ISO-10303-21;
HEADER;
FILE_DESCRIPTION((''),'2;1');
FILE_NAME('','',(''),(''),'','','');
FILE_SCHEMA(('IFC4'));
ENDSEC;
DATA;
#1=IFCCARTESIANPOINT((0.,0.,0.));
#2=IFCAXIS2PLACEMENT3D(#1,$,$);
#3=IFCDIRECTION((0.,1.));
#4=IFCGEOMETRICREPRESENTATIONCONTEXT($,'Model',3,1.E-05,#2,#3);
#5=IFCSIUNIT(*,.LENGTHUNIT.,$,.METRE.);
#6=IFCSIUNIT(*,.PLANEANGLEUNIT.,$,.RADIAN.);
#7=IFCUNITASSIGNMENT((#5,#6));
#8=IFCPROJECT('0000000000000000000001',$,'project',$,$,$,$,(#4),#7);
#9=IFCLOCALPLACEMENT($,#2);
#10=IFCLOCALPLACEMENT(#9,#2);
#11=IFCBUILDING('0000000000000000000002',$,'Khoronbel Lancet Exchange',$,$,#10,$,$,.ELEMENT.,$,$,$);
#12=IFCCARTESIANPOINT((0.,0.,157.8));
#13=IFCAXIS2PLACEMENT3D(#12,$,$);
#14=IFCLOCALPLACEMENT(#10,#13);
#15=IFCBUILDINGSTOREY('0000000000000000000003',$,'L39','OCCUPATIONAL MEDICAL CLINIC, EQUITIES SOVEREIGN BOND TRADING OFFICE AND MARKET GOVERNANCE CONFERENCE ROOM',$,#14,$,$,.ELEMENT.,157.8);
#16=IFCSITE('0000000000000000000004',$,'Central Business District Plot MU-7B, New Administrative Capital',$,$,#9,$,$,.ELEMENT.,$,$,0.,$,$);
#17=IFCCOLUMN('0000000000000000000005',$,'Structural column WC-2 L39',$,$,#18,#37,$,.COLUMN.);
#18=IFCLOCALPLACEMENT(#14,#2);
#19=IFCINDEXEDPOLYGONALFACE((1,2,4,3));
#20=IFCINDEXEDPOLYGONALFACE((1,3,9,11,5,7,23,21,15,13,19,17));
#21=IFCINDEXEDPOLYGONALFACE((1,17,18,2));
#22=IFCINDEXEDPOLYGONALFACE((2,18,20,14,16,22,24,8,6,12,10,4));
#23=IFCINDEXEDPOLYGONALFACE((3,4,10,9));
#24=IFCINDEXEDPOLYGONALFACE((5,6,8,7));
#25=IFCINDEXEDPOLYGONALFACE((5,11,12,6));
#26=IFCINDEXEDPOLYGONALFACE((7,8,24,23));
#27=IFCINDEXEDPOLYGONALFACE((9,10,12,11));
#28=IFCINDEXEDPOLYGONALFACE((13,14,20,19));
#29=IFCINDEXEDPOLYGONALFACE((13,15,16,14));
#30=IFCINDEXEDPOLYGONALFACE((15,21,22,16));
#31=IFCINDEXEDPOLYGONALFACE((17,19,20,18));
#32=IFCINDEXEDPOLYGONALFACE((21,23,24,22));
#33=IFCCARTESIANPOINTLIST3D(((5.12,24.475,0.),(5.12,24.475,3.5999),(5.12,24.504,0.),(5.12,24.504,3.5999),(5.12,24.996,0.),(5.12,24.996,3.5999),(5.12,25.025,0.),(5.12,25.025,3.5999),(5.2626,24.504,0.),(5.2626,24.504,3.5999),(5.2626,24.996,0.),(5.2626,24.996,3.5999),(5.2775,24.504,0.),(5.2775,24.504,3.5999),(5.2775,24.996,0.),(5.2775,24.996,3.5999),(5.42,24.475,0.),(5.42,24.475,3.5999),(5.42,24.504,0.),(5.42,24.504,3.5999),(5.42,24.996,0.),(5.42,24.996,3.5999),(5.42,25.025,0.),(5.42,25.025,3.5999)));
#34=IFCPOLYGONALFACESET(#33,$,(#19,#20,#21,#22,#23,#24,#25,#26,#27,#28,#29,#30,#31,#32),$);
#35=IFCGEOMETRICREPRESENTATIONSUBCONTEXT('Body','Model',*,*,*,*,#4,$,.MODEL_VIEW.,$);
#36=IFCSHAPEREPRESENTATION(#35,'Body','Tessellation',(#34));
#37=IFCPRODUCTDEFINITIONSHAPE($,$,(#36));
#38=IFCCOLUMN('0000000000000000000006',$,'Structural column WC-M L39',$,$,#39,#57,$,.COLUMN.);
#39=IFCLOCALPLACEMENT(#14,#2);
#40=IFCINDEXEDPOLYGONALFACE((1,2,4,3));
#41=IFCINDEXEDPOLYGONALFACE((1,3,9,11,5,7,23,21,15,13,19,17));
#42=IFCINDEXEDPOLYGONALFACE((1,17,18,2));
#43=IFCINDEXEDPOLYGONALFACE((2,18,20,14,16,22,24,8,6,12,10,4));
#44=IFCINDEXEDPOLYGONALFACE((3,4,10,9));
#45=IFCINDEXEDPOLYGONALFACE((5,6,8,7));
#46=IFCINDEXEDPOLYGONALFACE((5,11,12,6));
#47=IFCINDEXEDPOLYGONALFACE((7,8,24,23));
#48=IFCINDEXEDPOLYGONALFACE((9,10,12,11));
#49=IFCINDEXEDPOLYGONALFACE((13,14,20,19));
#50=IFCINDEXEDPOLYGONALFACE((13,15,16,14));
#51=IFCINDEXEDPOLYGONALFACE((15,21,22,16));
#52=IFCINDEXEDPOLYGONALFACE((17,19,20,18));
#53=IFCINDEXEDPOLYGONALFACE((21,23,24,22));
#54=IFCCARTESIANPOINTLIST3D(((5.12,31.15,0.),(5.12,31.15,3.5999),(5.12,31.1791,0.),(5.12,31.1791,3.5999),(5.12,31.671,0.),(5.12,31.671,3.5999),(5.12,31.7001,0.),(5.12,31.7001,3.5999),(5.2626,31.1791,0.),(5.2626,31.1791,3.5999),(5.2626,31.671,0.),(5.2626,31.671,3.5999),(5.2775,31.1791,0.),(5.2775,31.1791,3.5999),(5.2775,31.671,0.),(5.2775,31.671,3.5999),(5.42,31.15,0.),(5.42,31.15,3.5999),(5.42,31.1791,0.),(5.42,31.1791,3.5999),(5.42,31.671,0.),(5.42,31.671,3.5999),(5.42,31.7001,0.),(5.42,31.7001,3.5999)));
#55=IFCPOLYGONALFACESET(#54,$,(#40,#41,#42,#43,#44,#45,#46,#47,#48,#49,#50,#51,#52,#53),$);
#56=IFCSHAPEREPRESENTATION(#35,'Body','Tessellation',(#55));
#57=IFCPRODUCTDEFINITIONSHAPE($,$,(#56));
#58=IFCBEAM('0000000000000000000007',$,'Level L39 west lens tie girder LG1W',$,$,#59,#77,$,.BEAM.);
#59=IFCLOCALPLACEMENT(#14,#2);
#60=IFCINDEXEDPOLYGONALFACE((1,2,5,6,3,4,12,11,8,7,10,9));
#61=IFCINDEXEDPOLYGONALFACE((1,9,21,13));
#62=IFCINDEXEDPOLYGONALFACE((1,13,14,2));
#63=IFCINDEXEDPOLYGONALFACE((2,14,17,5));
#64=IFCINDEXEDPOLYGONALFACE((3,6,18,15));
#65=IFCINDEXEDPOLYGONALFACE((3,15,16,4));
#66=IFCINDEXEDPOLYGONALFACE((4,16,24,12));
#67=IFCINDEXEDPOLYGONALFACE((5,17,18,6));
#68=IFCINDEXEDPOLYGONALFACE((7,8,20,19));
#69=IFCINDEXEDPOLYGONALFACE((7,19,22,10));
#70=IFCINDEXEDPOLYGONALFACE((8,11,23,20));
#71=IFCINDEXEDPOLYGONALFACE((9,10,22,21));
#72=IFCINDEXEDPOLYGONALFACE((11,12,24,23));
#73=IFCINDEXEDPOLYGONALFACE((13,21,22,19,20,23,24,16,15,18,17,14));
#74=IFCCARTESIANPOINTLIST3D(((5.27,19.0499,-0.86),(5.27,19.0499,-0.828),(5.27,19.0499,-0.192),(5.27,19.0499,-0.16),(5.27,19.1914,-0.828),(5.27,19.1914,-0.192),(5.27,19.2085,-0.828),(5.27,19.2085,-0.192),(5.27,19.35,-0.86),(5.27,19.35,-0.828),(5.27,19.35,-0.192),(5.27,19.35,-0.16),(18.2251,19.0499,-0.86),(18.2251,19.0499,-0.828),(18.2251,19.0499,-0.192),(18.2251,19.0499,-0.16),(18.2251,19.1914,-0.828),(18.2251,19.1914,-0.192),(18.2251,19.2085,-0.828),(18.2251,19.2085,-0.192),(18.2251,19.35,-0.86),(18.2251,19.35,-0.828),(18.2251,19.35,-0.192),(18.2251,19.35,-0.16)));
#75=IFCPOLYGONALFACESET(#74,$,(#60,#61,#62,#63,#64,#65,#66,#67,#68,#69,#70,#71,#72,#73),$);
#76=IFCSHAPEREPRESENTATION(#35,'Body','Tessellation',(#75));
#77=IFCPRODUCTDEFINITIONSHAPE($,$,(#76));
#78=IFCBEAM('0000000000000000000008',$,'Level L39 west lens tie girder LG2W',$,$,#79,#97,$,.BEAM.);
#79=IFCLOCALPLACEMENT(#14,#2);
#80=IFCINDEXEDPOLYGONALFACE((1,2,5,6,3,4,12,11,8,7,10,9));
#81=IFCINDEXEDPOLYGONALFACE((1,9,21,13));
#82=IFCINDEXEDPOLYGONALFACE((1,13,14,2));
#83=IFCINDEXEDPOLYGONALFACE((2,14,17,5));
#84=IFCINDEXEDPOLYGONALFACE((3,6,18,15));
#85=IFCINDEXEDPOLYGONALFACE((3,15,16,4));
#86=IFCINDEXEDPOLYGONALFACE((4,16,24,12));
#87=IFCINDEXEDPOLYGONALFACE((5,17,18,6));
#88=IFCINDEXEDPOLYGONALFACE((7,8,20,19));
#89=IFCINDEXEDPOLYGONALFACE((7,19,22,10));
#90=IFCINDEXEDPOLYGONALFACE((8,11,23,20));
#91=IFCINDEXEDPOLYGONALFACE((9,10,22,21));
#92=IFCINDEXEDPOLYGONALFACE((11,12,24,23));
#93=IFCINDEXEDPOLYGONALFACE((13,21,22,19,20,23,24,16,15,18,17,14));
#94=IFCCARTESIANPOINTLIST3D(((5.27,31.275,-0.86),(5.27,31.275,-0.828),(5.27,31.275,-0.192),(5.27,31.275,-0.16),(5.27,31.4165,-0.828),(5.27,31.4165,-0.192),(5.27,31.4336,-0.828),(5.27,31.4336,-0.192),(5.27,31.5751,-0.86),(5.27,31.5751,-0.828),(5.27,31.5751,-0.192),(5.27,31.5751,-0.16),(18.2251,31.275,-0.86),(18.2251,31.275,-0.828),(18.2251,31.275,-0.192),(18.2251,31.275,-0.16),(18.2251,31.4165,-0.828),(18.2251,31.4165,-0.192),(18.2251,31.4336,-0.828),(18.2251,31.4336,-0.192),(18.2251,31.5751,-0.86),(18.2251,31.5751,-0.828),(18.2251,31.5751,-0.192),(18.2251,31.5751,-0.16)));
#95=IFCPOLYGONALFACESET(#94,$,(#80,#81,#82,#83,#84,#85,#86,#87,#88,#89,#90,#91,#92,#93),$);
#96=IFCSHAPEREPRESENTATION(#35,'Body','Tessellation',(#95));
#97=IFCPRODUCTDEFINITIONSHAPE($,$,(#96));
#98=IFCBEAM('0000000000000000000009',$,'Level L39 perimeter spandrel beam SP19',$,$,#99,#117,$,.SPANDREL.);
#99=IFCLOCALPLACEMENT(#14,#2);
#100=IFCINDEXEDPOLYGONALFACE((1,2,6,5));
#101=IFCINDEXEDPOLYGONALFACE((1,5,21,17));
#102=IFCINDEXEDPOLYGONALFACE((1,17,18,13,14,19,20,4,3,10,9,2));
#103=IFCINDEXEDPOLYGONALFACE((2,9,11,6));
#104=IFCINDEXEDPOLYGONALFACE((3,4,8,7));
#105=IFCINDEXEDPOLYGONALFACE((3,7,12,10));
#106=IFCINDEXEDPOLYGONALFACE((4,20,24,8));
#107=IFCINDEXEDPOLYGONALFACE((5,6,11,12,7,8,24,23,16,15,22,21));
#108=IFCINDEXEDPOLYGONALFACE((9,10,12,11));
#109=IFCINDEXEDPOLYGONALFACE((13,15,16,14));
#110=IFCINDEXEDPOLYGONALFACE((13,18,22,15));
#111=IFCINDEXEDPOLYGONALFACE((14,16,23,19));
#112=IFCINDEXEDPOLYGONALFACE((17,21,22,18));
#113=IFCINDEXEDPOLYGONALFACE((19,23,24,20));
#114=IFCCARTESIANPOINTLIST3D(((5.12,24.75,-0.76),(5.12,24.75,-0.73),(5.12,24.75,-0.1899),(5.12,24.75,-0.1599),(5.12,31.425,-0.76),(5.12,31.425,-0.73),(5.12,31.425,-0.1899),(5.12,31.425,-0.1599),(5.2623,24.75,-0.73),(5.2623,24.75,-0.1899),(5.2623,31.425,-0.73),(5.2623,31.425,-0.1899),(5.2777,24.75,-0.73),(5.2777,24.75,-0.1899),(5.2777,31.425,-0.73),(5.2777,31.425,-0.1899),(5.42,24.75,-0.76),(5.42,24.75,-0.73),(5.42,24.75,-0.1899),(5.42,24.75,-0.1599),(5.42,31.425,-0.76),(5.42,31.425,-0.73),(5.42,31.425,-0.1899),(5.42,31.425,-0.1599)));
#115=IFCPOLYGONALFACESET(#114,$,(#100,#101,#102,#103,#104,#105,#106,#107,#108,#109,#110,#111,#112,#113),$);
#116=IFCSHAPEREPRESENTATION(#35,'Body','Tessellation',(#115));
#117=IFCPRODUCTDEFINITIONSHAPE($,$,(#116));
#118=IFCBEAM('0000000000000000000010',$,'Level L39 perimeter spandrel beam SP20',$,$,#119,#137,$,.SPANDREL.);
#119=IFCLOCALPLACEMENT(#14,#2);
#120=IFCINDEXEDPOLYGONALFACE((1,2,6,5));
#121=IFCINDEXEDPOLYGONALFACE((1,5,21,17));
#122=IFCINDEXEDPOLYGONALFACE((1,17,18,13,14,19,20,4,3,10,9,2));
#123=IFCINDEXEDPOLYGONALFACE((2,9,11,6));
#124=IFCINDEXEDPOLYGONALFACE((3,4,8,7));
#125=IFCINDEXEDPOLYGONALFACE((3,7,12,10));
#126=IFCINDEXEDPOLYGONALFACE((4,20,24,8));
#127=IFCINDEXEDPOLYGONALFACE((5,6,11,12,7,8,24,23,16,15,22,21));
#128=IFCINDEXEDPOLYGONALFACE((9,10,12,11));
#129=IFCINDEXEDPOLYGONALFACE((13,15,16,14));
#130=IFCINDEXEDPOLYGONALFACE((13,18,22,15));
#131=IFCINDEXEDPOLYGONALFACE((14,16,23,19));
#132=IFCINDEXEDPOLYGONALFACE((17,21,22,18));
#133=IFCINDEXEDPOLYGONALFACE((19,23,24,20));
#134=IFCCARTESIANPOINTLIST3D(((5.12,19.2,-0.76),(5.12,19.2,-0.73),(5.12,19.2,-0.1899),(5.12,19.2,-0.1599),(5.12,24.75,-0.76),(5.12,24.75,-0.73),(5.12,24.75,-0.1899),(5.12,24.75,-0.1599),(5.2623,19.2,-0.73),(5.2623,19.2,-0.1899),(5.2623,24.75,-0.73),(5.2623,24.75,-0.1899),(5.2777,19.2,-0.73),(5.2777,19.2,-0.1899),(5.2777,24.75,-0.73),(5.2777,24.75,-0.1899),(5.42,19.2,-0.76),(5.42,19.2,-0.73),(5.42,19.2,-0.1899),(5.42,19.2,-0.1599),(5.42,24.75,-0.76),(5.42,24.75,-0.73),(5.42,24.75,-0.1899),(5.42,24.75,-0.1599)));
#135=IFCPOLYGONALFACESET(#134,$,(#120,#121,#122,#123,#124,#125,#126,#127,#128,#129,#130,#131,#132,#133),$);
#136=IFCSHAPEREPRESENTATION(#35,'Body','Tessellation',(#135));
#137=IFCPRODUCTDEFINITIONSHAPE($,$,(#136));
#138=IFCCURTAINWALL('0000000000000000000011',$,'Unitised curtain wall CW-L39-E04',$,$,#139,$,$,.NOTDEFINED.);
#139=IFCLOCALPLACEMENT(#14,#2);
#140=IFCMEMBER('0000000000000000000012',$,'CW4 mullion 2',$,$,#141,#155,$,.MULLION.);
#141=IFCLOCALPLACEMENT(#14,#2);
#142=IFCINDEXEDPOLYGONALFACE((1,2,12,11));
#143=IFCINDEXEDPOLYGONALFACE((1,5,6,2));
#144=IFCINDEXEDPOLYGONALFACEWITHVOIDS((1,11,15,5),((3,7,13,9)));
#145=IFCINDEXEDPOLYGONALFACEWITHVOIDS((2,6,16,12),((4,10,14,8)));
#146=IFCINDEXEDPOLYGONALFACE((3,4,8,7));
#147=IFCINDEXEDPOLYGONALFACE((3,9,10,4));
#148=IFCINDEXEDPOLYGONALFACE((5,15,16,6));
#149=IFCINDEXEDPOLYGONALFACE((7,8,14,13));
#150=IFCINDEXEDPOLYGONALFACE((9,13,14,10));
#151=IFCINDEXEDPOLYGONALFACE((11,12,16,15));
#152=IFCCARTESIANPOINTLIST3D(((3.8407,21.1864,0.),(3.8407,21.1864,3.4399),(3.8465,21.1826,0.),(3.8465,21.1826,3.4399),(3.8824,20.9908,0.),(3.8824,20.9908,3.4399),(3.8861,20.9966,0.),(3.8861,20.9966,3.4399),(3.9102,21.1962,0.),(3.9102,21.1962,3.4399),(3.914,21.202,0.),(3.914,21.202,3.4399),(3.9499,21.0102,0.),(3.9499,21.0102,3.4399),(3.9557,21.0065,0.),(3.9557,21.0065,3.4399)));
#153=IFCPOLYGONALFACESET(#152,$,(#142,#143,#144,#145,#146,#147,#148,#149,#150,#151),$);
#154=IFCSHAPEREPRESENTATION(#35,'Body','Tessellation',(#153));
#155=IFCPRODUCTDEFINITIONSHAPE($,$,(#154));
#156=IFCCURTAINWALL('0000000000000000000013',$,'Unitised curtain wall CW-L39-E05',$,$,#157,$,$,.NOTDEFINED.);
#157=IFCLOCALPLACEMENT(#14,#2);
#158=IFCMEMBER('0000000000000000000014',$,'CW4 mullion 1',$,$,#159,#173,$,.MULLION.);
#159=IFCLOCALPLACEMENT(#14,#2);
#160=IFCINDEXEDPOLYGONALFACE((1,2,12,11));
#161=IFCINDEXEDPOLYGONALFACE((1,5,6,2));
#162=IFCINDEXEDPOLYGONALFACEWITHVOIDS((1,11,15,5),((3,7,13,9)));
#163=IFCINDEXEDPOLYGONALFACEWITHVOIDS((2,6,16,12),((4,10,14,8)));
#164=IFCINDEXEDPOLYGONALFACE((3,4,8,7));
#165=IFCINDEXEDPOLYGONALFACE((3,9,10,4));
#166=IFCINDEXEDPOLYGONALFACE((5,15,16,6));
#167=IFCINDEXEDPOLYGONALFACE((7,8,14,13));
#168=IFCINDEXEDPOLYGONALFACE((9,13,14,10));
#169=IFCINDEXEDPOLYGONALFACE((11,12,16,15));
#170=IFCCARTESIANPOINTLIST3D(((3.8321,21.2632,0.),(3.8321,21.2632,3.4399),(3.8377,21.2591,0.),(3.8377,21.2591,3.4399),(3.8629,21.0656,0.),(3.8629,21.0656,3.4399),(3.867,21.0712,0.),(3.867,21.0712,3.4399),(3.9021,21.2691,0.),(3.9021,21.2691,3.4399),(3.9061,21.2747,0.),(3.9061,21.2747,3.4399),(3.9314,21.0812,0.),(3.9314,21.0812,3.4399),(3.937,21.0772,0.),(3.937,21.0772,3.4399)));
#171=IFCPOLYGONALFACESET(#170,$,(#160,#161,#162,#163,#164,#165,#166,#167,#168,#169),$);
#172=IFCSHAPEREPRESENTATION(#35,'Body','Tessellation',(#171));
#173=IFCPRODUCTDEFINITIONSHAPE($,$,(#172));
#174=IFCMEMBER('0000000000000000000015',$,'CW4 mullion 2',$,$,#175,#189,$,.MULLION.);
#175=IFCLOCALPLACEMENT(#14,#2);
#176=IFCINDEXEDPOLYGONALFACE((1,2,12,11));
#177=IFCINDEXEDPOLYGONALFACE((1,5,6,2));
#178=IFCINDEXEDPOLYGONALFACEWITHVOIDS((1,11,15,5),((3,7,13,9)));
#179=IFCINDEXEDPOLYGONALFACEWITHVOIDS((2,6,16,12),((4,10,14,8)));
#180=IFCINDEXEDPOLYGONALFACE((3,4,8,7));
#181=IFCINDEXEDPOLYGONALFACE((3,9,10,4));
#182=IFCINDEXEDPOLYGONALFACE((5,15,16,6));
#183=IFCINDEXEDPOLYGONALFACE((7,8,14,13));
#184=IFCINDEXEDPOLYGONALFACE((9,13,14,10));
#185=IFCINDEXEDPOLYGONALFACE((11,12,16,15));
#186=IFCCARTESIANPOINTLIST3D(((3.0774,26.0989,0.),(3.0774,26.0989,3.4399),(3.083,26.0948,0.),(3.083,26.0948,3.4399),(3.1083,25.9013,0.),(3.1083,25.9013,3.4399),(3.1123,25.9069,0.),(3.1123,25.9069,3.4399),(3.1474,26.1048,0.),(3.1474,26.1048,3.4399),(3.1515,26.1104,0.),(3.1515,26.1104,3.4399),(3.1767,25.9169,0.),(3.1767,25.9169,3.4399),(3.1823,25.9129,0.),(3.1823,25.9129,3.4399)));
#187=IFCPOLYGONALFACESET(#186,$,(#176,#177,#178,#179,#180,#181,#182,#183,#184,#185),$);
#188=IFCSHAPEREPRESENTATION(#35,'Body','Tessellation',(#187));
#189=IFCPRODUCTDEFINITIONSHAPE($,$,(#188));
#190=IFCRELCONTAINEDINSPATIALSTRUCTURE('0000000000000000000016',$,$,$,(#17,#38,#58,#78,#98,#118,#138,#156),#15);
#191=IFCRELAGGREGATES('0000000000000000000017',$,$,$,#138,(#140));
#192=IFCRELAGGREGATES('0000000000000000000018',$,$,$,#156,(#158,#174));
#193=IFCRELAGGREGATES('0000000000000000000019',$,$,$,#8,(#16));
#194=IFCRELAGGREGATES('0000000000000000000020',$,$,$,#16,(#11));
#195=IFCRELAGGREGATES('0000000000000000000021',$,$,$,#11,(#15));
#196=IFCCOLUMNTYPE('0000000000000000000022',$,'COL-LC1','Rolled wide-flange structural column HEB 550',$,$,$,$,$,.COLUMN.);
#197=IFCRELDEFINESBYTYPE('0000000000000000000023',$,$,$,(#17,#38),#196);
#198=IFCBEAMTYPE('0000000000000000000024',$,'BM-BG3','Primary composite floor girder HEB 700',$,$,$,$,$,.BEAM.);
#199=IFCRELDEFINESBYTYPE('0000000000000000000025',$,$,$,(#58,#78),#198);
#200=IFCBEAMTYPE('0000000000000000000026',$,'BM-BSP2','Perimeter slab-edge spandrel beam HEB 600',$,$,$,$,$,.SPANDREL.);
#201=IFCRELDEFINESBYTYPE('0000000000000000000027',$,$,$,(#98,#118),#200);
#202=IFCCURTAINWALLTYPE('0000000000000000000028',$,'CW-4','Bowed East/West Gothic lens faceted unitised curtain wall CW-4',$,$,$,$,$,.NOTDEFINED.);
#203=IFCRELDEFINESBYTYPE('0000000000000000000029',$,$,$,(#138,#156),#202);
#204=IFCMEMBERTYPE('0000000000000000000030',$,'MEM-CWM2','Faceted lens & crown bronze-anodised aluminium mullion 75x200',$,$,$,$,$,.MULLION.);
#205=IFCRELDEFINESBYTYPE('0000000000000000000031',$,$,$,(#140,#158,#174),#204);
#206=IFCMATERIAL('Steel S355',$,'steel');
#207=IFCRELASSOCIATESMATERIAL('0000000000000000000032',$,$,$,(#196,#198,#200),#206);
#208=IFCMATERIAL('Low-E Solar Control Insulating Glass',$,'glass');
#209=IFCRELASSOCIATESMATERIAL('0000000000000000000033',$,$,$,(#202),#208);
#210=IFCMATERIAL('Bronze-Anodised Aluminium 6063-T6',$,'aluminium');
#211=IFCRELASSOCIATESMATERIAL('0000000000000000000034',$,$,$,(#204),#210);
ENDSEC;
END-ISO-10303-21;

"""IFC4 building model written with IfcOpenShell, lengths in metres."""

from ifc_helpers import new_model, si_unit, direction, frame, origin, origin_2d, place, context, subcontext, project, spatial, hollow_rectangle, i_section, extrude, material, material_profile, profile_set, type_object, element, aggregate, save


model = new_model("IFC4")

# Units and contexts
model_context = context("Model", 3, precision=1e-05, world=origin(), true_north=direction((0.0, 1.0)))
body_context = subcontext(model_context, "Body", "Model", "MODEL_VIEW")
ifc_project = project(units=[si_unit("LENGTHUNIT", "METRE"), si_unit("PLANEANGLEUNIT", "RADIAN")], contexts=[model_context])

# Site, building, storey
site_placement = place(None, origin())
site = spatial("IfcSite", under=ifc_project, at=site_placement, Name="Central Business District Plot MU-7B, New Administrative Capital", CompositionType="ELEMENT", RefElevation=0.0)
building_placement = place(site_placement, origin())
building = spatial("IfcBuilding", under=site, at=building_placement, Name="Khoronbel Lancet Exchange", CompositionType="ELEMENT")
storey_placement = place(building_placement, frame((0.0, 0.0, 157.8)))
storey = spatial("IfcBuildingStorey", under=building, at=storey_placement, Name="L39", Description="OCCUPATIONAL MEDICAL CLINIC, EQUITIES SOVEREIGN BOND TRADING OFFICE AND MARKET GOVERNANCE CONFERENCE ROOM", CompositionType="ELEMENT", Elevation=157.8)

# Columns
ifc_material_1 = material(Name="Steel S355", Category="steel")
ifc_material_profile_1 = material_profile(ifc_material_1, i_section(OverallWidth=0.3, OverallDepth=0.55, WebThickness=0.0149, FlangeThickness=0.0291, at=origin_2d()), Name="HEB 550")
ifc_profile_set_1 = profile_set([ifc_material_profile_1], Name="Steel S355")
column_type = type_object("IfcColumnType", Name="COL-LC1", Description="Rolled wide-flange structural column HEB 550", PredefinedType="COLUMN", material=ifc_profile_set_1)
for number, where, z_axis, x_axis, name in (
    (1, (5.27, 24.75, 0.0), (0.0, 0.0, 1.0), (1.0, 0.0, 0.0), "Structural column WC-2 L39"),
    (2, (5.27, 31.425, 0.0), (0.0, 0.0, 1.0), (1.0, 0.0, 0.0), "Structural column WC-M L39"),
):
    element("IfcColumn", number, at=place(storey_placement, frame(where, z_axis=z_axis, x_axis=x_axis)), inside=storey, type_object=column_type, Name=name, PredefinedType="COLUMN", context=body_context, shape_type="SweptSolid", body=[
        extrude(i_section(OverallWidth=0.3, OverallDepth=0.55, WebThickness=0.0149, FlangeThickness=0.0291, at=origin_2d()), origin(), (0.0, 0.0, 1.0), 3.5999),
    ])

# Beams
ifc_material_profile_2 = material_profile(ifc_material_1, i_section(OverallWidth=0.3, OverallDepth=0.7, WebThickness=0.0171, FlangeThickness=0.032, at=origin_2d()), Name="HEB 700")
ifc_profile_set_2 = profile_set([ifc_material_profile_2], Name="Steel S355")
beam_type_1 = type_object("IfcBeamType", Name="BM-BG3", Description="Primary composite floor girder HEB 700", PredefinedType="BEAM", material=ifc_profile_set_2)
for number, where, z_axis, x_axis, name in (
    (3, (5.27, 19.2, -0.51), (1.0, 0.0, 0.0), (0.0, 1.0, 0.0), "Level L39 west lens tie girder LG1W"),
    (4, (5.27, 31.425, -0.51), (1.0, 0.0, 0.0), (0.0, 1.0, 0.0), "Level L39 west lens tie girder LG2W"),
):
    element("IfcBeam", number, at=place(storey_placement, frame(where, z_axis=z_axis, x_axis=x_axis)), inside=storey, type_object=beam_type_1, Name=name, PredefinedType="BEAM", context=body_context, shape_type="SweptSolid", body=[
        extrude(i_section(OverallWidth=0.3, OverallDepth=0.7, WebThickness=0.0171, FlangeThickness=0.032, at=origin_2d()), origin(), (0.0, 0.0, 1.0), 12.9551),
    ])
ifc_material_profile_3 = material_profile(ifc_material_1, i_section(OverallWidth=0.3, OverallDepth=0.6001, WebThickness=0.0154, FlangeThickness=0.03, at=origin_2d()), Name="HEB 600")
ifc_profile_set_3 = profile_set([ifc_material_profile_3], Name="Steel S355")
beam_type_2 = type_object("IfcBeamType", Name="BM-BSP2", Description="Perimeter slab-edge spandrel beam HEB 600", PredefinedType="SPANDREL", material=ifc_profile_set_3)
beam_1_placement = place(storey_placement, frame((5.27, 31.425, -0.46), z_axis=(0.0, -1.0, 0.0), x_axis=(1.0, 0.0, 0.0)))
element("IfcBeam", 5, at=beam_1_placement, inside=storey, type_object=beam_type_2, Name="Level L39 perimeter spandrel beam SP19", PredefinedType="SPANDREL", context=body_context, shape_type="SweptSolid", body=[
    extrude(i_section(OverallWidth=0.3, OverallDepth=0.6001, WebThickness=0.0154, FlangeThickness=0.03, at=origin_2d()), origin(), (0.0, 0.0, 1.0), 6.675),
])
beam_2_placement = place(storey_placement, frame((5.27, 24.75, -0.46), z_axis=(0.0, -1.0, 0.0), x_axis=(1.0, 0.0, 0.0)))
element("IfcBeam", 6, at=beam_2_placement, inside=storey, type_object=beam_type_2, Name="Level L39 perimeter spandrel beam SP20", PredefinedType="SPANDREL", context=body_context, shape_type="SweptSolid", body=[
    extrude(i_section(OverallWidth=0.3, OverallDepth=0.6001, WebThickness=0.0154, FlangeThickness=0.03, at=origin_2d()), origin(), (0.0, 0.0, 1.0), 5.55),
])

# Curtain wall, member
ifc_material_2 = material(Name="Low-E Solar Control Insulating Glass", Category="glass")
curtain_wall_type = type_object("IfcCurtainWallType", Name="CW-4", Description="Bowed East/West Gothic lens faceted unitised curtain wall CW-4", PredefinedType="NOTDEFINED", material=ifc_material_2)
curtain_wall_1_placement = place(storey_placement, origin())
curtain_wall_1 = element("IfcCurtainWall", 7, at=curtain_wall_1_placement, inside=storey, type_object=curtain_wall_type, Name="Unitised curtain wall CW-L39-E04", PredefinedType="NOTDEFINED")
ifc_material_3 = material(Name="Bronze-Anodised Aluminium 6063-T6", Category="aluminium")
ifc_material_profile_4 = material_profile(ifc_material_3, hollow_rectangle(XDim=0.075, YDim=0.2, WallThickness=0.0049, at=origin_2d()), Name="ALU MULLION 75x200")
ifc_profile_set_4 = profile_set([ifc_material_profile_4], Name="Bronze-Anodised Aluminium 6063-T6")
member_type_1 = type_object("IfcMemberType", Name="MEM-CWM2", Description="Faceted lens & crown bronze-anodised aluminium mullion 75x200", PredefinedType="MULLION", material=ifc_profile_set_4)
member_1_placement = place(storey_placement, frame((3.8982, 21.0964, 0.0), z_axis=(0.0, 0.0, 1.0), x_axis=(-0.978023, -0.208497, 0.0)))
member_1 = element("IfcMember", 8, at=member_1_placement, type_object=member_type_1, Name="CW4 mullion 2", PredefinedType="MULLION", context=body_context, shape_type="SweptSolid", body=[
    extrude(hollow_rectangle(XDim=0.075, YDim=0.2, WallThickness=0.0049, at=origin_2d()), origin(), (0.0, 0.0, 1.0), 3.4399),
])
aggregate(curtain_wall_1, [member_1])

# Curtain wall, members
curtain_wall_2_placement = place(storey_placement, origin())
curtain_wall_2 = element("IfcCurtainWall", 9, at=curtain_wall_2_placement, inside=storey, type_object=curtain_wall_type, Name="Unitised curtain wall CW-L39-E05", PredefinedType="NOTDEFINED")
member_2_placement = place(storey_placement, frame((3.8845, 21.1702, 0.0), z_axis=(0.0, 0.0, 1.0), x_axis=(-0.988041, -0.154189, 0.0)))
member_2 = element("IfcMember", 10, at=member_2_placement, type_object=member_type_1, Name="CW4 mullion 1", PredefinedType="MULLION", context=body_context, shape_type="SweptSolid", body=[
    extrude(hollow_rectangle(XDim=0.075, YDim=0.2, WallThickness=0.0049, at=origin_2d()), origin(), (0.0, 0.0, 1.0), 3.4399),
])
member_3_placement = place(storey_placement, frame((3.1299, 26.0059, 0.0), z_axis=(0.0, 0.0, 1.0), x_axis=(-0.988041, -0.154189, 0.0)))
member_3 = element("IfcMember", 11, at=member_3_placement, type_object=member_type_1, Name="CW4 mullion 2", PredefinedType="MULLION", context=body_context, shape_type="SweptSolid", body=[
    extrude(hollow_rectangle(XDim=0.075, YDim=0.2, WallThickness=0.0049, at=origin_2d()), origin(), (0.0, 0.0, 1.0), 3.4399),
])

aggregate(curtain_wall_2, [member_2, member_3])

save(model, "model.ifc")
